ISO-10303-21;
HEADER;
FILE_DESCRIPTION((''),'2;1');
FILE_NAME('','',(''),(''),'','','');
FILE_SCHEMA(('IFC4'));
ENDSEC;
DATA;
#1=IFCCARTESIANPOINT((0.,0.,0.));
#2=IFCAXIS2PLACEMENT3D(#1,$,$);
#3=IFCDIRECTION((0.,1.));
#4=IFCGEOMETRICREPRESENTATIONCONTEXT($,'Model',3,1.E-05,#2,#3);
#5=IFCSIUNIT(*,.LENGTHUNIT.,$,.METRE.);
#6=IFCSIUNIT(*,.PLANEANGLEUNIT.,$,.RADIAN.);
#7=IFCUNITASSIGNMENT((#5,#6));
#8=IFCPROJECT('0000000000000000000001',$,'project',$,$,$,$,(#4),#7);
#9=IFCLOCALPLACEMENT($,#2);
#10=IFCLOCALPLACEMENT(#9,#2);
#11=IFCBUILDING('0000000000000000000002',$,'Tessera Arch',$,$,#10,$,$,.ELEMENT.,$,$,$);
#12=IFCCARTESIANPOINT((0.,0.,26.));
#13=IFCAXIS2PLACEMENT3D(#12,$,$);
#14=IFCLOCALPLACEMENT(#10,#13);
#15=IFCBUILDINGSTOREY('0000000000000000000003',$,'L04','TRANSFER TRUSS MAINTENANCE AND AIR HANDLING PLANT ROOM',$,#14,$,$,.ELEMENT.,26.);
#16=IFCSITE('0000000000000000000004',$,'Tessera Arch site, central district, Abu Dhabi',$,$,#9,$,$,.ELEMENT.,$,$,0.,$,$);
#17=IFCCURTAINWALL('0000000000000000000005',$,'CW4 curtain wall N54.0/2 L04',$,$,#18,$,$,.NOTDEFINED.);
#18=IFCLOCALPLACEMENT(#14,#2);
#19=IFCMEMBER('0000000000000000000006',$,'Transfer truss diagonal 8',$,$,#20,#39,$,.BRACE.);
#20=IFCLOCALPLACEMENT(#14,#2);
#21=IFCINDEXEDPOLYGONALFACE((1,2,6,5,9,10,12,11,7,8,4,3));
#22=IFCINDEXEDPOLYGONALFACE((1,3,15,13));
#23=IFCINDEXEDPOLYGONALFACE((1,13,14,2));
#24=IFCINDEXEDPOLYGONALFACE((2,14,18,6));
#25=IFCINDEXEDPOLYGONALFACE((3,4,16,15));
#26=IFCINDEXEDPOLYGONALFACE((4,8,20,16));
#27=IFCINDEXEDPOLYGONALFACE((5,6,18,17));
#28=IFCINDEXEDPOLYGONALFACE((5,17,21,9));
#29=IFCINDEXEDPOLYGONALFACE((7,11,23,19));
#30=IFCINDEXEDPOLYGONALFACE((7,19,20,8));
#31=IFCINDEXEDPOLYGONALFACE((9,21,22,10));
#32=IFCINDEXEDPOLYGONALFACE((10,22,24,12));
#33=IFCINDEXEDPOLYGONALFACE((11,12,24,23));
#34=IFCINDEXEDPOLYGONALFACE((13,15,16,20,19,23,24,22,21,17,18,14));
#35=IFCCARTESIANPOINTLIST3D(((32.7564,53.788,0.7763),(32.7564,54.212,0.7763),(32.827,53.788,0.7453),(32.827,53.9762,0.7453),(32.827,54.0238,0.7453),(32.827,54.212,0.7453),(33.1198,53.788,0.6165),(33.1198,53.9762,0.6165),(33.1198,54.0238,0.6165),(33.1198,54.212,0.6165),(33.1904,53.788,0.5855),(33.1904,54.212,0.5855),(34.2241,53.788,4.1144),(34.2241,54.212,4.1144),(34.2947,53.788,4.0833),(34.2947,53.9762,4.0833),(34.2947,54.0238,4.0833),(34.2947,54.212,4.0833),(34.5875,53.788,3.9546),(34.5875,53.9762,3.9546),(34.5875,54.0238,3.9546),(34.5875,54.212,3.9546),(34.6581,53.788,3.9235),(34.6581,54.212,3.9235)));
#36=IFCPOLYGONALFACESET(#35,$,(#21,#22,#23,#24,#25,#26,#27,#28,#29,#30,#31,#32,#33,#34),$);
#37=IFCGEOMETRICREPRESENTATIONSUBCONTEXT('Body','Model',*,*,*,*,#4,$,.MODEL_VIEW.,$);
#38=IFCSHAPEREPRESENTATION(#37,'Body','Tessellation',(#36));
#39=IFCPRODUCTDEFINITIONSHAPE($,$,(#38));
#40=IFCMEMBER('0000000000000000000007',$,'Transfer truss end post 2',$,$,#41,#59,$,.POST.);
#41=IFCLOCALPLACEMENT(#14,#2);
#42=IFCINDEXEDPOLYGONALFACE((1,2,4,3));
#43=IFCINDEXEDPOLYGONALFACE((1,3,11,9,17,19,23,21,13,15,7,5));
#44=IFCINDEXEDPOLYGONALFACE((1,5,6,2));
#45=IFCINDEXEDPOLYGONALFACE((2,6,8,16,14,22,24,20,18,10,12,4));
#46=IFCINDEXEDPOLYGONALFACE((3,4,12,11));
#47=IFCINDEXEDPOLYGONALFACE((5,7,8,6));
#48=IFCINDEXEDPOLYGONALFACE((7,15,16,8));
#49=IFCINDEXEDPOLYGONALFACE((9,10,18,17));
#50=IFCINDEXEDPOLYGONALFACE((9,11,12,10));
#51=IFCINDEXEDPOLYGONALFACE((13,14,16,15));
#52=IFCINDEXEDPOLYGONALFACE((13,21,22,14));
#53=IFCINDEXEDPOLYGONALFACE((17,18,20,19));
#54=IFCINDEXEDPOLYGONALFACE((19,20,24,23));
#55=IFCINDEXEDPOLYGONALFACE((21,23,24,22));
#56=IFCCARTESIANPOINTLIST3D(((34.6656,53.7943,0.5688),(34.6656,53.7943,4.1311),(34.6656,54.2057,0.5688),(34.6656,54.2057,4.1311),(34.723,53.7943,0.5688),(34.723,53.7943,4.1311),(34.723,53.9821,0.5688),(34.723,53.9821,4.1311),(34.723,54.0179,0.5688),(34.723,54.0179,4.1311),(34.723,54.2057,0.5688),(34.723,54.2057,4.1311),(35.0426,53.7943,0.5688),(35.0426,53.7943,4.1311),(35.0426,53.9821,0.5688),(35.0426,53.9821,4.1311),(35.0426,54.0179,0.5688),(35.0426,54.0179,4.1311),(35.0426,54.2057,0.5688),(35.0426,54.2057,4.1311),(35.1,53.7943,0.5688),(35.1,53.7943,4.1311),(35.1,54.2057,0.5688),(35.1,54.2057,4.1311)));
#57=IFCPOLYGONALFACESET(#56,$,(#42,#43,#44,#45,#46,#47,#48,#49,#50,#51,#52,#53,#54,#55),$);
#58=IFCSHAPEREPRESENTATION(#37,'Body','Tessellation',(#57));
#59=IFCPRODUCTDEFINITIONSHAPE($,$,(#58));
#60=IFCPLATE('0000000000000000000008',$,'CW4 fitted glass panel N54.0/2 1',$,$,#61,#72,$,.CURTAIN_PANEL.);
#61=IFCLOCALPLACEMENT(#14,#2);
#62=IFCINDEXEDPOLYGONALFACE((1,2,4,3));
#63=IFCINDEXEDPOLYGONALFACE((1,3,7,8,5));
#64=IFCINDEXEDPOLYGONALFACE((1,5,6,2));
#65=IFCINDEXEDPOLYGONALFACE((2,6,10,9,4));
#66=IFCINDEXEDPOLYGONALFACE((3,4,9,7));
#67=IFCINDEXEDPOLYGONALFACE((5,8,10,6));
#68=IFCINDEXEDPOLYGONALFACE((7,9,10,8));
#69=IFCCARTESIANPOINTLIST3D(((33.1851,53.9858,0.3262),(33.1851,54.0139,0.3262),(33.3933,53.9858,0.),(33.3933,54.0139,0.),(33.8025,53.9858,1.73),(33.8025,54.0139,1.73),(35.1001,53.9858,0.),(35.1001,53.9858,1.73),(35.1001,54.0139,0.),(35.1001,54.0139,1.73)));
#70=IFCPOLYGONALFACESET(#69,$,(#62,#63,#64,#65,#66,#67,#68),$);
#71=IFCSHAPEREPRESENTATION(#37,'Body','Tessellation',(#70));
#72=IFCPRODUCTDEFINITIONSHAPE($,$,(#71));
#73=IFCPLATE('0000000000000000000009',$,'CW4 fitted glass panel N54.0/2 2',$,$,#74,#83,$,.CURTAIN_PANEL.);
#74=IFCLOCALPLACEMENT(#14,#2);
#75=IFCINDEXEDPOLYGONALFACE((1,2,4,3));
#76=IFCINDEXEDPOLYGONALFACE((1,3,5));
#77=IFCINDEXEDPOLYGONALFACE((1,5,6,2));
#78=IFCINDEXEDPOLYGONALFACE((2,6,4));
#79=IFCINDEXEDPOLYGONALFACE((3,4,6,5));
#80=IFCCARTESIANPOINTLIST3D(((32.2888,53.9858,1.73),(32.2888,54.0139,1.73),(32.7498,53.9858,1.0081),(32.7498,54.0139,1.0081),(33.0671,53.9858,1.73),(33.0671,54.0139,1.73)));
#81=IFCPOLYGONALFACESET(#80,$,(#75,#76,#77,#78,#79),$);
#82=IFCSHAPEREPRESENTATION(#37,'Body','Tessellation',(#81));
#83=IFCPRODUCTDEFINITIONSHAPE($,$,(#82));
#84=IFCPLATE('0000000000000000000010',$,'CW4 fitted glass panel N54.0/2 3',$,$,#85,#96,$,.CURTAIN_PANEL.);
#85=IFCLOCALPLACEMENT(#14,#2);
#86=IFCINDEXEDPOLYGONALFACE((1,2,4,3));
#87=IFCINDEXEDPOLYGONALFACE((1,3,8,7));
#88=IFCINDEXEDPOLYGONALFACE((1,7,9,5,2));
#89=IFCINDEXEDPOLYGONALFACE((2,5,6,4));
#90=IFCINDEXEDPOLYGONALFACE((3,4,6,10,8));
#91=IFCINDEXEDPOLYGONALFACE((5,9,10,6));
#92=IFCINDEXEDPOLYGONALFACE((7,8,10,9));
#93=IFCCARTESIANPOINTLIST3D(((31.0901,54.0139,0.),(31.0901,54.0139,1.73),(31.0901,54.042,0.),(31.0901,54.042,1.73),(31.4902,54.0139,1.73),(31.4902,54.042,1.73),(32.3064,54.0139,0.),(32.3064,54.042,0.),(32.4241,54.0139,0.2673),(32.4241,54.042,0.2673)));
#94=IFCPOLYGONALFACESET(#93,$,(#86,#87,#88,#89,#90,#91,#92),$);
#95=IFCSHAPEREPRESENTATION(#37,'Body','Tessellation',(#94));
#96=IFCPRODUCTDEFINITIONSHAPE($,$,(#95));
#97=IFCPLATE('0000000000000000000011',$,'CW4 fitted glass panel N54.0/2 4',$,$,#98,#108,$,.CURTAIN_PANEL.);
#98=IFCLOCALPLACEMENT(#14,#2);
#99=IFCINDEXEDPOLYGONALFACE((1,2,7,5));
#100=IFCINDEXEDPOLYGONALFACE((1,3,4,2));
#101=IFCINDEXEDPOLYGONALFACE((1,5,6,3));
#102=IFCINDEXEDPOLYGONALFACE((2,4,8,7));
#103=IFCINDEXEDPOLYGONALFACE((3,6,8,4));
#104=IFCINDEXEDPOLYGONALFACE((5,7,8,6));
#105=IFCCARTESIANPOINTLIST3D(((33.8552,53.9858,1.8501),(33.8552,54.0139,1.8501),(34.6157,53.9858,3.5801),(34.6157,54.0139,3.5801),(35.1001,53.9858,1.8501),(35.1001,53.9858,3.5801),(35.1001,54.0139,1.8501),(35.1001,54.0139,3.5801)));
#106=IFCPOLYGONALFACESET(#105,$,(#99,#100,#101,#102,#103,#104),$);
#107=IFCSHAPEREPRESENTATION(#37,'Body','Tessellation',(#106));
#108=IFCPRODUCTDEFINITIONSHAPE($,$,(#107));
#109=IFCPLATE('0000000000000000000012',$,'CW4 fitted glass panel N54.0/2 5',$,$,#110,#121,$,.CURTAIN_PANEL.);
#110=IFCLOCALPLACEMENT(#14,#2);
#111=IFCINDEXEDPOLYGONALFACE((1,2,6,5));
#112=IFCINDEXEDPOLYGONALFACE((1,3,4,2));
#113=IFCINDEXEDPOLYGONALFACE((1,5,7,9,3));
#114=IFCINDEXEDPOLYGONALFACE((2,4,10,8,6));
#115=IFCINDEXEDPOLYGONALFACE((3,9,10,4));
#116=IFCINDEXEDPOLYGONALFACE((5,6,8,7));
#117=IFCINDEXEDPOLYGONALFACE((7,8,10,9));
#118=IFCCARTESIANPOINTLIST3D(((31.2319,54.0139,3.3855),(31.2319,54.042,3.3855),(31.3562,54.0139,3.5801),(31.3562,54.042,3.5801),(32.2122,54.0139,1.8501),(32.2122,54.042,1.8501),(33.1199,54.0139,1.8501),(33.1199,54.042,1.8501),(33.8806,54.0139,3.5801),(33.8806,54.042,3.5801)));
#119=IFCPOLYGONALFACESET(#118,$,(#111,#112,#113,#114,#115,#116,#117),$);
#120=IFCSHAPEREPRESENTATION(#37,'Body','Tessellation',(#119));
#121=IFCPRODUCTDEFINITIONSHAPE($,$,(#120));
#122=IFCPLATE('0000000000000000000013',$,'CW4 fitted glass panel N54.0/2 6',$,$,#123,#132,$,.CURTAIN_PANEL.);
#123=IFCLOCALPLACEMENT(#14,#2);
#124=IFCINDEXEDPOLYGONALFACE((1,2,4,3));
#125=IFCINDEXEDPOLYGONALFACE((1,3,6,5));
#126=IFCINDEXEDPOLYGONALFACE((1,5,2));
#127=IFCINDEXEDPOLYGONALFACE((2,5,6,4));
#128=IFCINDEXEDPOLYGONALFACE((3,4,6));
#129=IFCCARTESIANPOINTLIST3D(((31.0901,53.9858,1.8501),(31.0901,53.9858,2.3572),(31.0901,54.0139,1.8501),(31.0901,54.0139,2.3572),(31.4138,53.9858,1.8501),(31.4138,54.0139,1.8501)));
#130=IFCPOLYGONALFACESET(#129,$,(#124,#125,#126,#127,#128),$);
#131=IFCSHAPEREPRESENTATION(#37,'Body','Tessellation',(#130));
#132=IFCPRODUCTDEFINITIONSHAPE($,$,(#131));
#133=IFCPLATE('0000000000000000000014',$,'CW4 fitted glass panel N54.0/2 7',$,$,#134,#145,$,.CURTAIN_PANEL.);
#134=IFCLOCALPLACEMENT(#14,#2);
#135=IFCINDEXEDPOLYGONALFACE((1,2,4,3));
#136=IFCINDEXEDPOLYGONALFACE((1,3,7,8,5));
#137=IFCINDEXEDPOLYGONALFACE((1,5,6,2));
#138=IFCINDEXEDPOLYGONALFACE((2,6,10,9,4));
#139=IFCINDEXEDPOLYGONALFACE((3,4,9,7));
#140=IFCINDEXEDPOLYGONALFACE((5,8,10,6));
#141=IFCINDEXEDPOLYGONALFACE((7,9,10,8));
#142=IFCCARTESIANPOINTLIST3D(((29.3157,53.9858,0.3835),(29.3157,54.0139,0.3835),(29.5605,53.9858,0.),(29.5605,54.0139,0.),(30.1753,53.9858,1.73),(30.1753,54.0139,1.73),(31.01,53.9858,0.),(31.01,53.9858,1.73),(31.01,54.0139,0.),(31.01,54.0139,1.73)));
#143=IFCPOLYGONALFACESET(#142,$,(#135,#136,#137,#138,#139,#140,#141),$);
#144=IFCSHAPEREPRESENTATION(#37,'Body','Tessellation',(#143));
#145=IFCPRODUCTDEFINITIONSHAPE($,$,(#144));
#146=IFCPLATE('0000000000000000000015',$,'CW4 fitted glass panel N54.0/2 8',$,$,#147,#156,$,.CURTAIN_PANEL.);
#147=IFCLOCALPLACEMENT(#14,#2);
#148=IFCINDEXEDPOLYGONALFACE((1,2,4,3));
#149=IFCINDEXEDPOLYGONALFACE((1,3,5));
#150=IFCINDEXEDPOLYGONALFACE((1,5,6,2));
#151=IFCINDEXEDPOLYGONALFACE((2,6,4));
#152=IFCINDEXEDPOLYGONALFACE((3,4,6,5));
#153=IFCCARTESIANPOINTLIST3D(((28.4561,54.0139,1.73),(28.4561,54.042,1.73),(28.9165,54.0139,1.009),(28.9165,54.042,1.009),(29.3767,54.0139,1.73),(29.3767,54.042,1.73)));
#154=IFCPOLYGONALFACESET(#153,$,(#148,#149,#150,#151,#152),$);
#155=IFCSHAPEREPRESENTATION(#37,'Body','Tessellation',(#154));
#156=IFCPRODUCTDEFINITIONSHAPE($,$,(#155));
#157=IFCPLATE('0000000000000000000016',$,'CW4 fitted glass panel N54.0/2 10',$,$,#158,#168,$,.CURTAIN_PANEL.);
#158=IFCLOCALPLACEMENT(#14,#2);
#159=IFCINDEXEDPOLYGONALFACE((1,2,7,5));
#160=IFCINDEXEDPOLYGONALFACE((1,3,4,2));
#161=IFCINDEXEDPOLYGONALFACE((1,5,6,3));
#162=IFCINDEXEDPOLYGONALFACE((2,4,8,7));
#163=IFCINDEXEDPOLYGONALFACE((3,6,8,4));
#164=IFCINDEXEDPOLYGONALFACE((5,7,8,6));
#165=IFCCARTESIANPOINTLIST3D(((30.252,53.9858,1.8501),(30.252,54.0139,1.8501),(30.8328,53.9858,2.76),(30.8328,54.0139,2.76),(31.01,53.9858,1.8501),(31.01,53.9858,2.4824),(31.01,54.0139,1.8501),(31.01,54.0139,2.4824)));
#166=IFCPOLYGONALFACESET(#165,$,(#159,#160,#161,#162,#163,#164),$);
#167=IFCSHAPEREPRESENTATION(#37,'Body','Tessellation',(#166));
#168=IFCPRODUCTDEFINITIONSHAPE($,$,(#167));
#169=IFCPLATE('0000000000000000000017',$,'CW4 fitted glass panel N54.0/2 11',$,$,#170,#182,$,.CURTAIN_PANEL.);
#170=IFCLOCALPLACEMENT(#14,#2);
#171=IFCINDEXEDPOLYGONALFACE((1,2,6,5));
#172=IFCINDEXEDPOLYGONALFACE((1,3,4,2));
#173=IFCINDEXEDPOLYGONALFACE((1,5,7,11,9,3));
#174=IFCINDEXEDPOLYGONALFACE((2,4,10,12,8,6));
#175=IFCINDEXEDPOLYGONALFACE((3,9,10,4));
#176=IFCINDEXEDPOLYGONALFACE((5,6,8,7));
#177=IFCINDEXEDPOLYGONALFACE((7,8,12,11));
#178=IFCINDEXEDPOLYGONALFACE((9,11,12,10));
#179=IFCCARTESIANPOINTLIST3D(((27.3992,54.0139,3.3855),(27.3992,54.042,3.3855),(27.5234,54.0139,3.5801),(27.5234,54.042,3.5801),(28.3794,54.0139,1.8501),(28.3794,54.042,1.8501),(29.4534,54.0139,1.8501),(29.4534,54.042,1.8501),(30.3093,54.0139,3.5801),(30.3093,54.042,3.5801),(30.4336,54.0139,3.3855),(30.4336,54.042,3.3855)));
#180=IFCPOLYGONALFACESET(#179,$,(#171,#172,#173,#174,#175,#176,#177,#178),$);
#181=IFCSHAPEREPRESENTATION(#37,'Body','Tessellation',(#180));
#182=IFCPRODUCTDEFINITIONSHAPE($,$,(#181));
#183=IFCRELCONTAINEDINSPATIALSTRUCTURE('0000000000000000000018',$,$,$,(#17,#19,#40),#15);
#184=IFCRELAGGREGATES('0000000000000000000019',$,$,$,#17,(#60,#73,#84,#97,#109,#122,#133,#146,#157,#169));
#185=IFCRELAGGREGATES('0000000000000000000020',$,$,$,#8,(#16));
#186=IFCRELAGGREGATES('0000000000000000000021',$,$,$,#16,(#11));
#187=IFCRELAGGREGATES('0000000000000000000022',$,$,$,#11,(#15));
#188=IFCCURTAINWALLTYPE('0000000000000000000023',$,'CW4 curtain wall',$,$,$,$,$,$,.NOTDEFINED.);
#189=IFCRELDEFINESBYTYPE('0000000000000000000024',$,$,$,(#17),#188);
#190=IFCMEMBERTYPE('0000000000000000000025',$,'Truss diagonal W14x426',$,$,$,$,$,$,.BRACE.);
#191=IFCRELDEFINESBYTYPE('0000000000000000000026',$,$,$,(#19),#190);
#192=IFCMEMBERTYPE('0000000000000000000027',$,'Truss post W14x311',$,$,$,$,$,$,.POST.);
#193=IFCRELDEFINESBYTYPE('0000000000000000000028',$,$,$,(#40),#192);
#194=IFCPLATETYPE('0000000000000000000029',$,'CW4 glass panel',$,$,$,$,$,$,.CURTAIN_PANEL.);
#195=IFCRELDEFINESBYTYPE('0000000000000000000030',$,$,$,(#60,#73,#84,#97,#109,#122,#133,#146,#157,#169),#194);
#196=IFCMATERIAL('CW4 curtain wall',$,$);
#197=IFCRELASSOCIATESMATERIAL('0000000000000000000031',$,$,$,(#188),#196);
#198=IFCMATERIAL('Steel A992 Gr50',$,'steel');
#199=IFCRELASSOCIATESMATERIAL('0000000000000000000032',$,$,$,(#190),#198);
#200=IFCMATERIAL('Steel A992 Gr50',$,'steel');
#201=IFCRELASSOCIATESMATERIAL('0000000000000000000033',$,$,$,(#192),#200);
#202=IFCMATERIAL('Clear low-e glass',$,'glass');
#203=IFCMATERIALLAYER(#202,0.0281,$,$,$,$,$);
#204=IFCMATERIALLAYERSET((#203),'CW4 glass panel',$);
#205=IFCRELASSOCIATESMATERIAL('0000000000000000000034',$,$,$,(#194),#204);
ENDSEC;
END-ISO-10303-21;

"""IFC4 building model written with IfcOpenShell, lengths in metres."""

from ifc_helpers import new_model, si_unit, direction, frame, origin, origin_2d, place, context, subcontext, project, spatial, polyline, i_section, outline, extrude, material, layer, layer_set, material_profile, profile_set, type_object, element, aggregate, save


model = new_model("IFC4")

# Units and contexts
model_context = context("Model", 3, precision=1e-05, world=origin(), true_north=direction((0.0, 1.0)))
body_context = subcontext(model_context, "Body", "Model", "MODEL_VIEW")
ifc_project = project(units=[si_unit("LENGTHUNIT", "METRE"), si_unit("PLANEANGLEUNIT", "RADIAN")], contexts=[model_context])

# Site, building, storey
site_placement = place(None, origin())
site = spatial("IfcSite", under=ifc_project, at=site_placement, Name="Tessera Arch site, central district, Abu Dhabi", CompositionType="ELEMENT", RefElevation=0.0)
building_placement = place(site_placement, origin())
building = spatial("IfcBuilding", under=site, at=building_placement, Name="Tessera Arch", CompositionType="ELEMENT")
storey_placement = place(building_placement, frame((0.0, 0.0, 26.0)))
storey = spatial("IfcBuildingStorey", under=building, at=storey_placement, Name="L04", Description="TRANSFER TRUSS MAINTENANCE AND AIR HANDLING PLANT ROOM", CompositionType="ELEMENT", Elevation=26.0)

# Curtain wall
ifc_material_1 = material(Name="CW4 curtain wall")
curtain_wall_type_1 = type_object("IfcCurtainWallType", Name="CW4 curtain wall", PredefinedType="NOTDEFINED", material=ifc_material_1)
curtain_wall_1_placement = place(storey_placement, origin())
curtain_wall_1 = element("IfcCurtainWall", 1, at=curtain_wall_1_placement, inside=storey, type_object=curtain_wall_type_1, Name="CW4 curtain wall N54.0/2 L04", PredefinedType="NOTDEFINED")

# Members
ifc_material_2 = material(Name="Steel A992 Gr50", Category="steel")
ifc_material_profile_1 = material_profile(ifc_material_2, i_section(OverallWidth=0.4241, OverallDepth=0.4741, WebThickness=0.0476, FlangeThickness=0.0771, at=origin_2d()), Name="W14x426")
ifc_profile_set_1 = profile_set([ifc_material_profile_1], Name="Steel A992 Gr50")
member_type_1 = type_object("IfcMemberType", Name="Truss diagonal W14x426", PredefinedType="BRACE", material=ifc_profile_set_1)
member_1_placement = place(storey_placement, frame((32.9734, 54.0, 0.6809), z_axis=(0.402508, 0.0, 0.915417), x_axis=(0.0, 1.0, 0.0)))
element("IfcMember", 2, at=member_1_placement, inside=storey, type_object=member_type_1, Name="Transfer truss diagonal 8", PredefinedType="BRACE", context=body_context, shape_type="SweptSolid", body=[
    extrude(i_section(OverallWidth=0.4241, OverallDepth=0.4741, WebThickness=0.0476, FlangeThickness=0.0771, at=origin_2d()), origin(), (0.0, 0.0, 1.0), 3.6465),
])
ifc_material_3 = material(Name="Steel A992 Gr50", Category="steel")
ifc_material_profile_2 = material_profile(ifc_material_3, i_section(OverallWidth=0.4114, OverallDepth=0.4343, WebThickness=0.0359, FlangeThickness=0.0574, at=origin_2d()), Name="W14x311")
ifc_profile_set_2 = profile_set([ifc_material_profile_2], Name="Steel A992 Gr50")
member_type_2 = type_object("IfcMemberType", Name="Truss post W14x311", PredefinedType="POST", material=ifc_profile_set_2)
member_2_placement = place(storey_placement, frame((34.8828, 54.0, 0.5688), z_axis=(0.0, 0.0, 1.0), x_axis=(0.0, 1.0, 0.0)))
element("IfcMember", 3, at=member_2_placement, inside=storey, type_object=member_type_2, Name="Transfer truss end post 2", PredefinedType="POST", context=body_context, shape_type="SweptSolid", body=[
    extrude(i_section(OverallWidth=0.4114, OverallDepth=0.4343, WebThickness=0.0359, FlangeThickness=0.0574, at=origin_2d()), origin(), (0.0, 0.0, 1.0), 3.5623),
])

# Plates
ifc_material_4 = material(Name="Clear low-e glass", Category="glass")
ifc_layer_1 = layer(ifc_material_4, 0.0281)
ifc_layer_set_1 = layer_set([ifc_layer_1], Name="CW4 glass panel")
plate_type_1 = type_object("IfcPlateType", Name="CW4 glass panel", PredefinedType="CURTAIN_PANEL", material=ifc_layer_set_1)
plate_1_placement = place(storey_placement, frame((35.1001, 54.0139, 0.0), z_axis=(0.0, 1.0, 0.0), x_axis=(-1.0, 0.0, 0.0)))
plate_1 = element("IfcPlate", 4, at=plate_1_placement, type_object=plate_type_1, Name="CW4 fitted glass panel N54.0/2 1", PredefinedType="CURTAIN_PANEL", context=body_context, shape_type="SweptSolid", body=[
    extrude(outline(polyline([(0.0, 0.0), (1.7068, 0.0), (1.915, 0.3262), (1.2976, 1.73), (0.0, 1.73), (0.0, 0.0)])), origin(), (0.0, 0.0, -1.0), 0.0281),
])
plate_2_placement = place(storey_placement, frame((32.2888, 54.0139, 1.73), z_axis=(0.0, 1.0, 0.0), x_axis=(1.0, 0.0, 0.0)))
plate_2 = element("IfcPlate", 5, at=plate_2_placement, type_object=plate_type_1, Name="CW4 fitted glass panel N54.0/2 2", PredefinedType="CURTAIN_PANEL", context=body_context, shape_type="SweptSolid", body=[
    extrude(outline(polyline([(0.0, 0.0), (0.7783, 0.0), (0.4609, 0.7219), (0.0, 0.0)])), origin(), (0.0, 0.0, -1.0), 0.0281),
])
plate_3_placement = place(storey_placement, frame((31.0901, 54.042, 1.73), z_axis=(0.0, 1.0, 0.0), x_axis=(1.0, 0.0, 0.0)))
plate_3 = element("IfcPlate", 6, at=plate_3_placement, type_object=plate_type_1, Name="CW4 fitted glass panel N54.0/2 3", PredefinedType="CURTAIN_PANEL", context=body_context, shape_type="SweptSolid", body=[
    extrude(outline(polyline([(0.0, 0.0), (0.4001, 0.0), (1.334, 1.4626), (1.2163, 1.73), (0.0, 1.73), (0.0, 0.0)])), origin(), (0.0, 0.0, -1.0), 0.0281),
])
plate_4_placement = place(storey_placement, frame((35.1001, 54.0139, 1.8501), z_axis=(0.0, 1.0, 0.0), x_axis=(-1.0, 0.0, 0.0)))
plate_4 = element("IfcPlate", 7, at=plate_4_placement, type_object=plate_type_1, Name="CW4 fitted glass panel N54.0/2 4", PredefinedType="CURTAIN_PANEL", context=body_context, shape_type="SweptSolid", body=[
    extrude(outline(polyline([(0.0, 0.0), (1.2449, 0.0), (0.4844, 1.73), (0.0, 1.73), (0.0, 0.0)])), origin(), (0.0, 0.0, -1.0), 0.0281),
])
plate_5_placement = place(storey_placement, frame((31.3562, 54.042, 3.5801), z_axis=(0.0, 1.0, 0.0), x_axis=(1.0, 0.0, 0.0)))
plate_5 = element("IfcPlate", 8, at=plate_5_placement, type_object=plate_type_1, Name="CW4 fitted glass panel N54.0/2 5", PredefinedType="CURTAIN_PANEL", context=body_context, shape_type="SweptSolid", body=[
    extrude(outline(polyline([(0.0, 0.0), (2.5244, 0.0), (1.7637, 1.73), (0.856, 1.73), (-0.1243, 0.1946), (0.0, 0.0)])), origin(), (0.0, 0.0, -1.0), 0.0281),
])
plate_6_placement = place(storey_placement, frame((31.0901, 54.0139, 1.8501), z_axis=(0.0, 1.0, 0.0), x_axis=(0.0, 0.0, 1.0)))
plate_6 = element("IfcPlate", 9, at=plate_6_placement, type_object=plate_type_1, Name="CW4 fitted glass panel N54.0/2 6", PredefinedType="CURTAIN_PANEL", context=body_context, shape_type="SweptSolid", body=[
    extrude(outline(polyline([(0.0, 0.0), (0.5071, 0.0), (0.0, 0.3237), (0.0, 0.0)])), origin(), (0.0, 0.0, -1.0), 0.0281),
])
plate_7_placement = place(storey_placement, frame((31.01, 54.0139, 0.0), z_axis=(0.0, 1.0, 0.0), x_axis=(-1.0, 0.0, 0.0)))
plate_7 = element("IfcPlate", 10, at=plate_7_placement, type_object=plate_type_1, Name="CW4 fitted glass panel N54.0/2 7", PredefinedType="CURTAIN_PANEL", context=body_context, shape_type="SweptSolid", body=[
    extrude(outline(polyline([(0.0, 0.0), (1.4495, 0.0), (1.6943, 0.3835), (0.8347, 1.73), (0.0, 1.73), (0.0, 0.0)])), origin(), (0.0, 0.0, -1.0), 0.0281),
])
plate_8_placement = place(storey_placement, frame((28.4561, 54.042, 1.73), z_axis=(0.0, 1.0, 0.0), x_axis=(1.0, 0.0, 0.0)))
plate_8 = element("IfcPlate", 11, at=plate_8_placement, type_object=plate_type_1, Name="CW4 fitted glass panel N54.0/2 8", PredefinedType="CURTAIN_PANEL", context=body_context, shape_type="SweptSolid", body=[
    extrude(outline(polyline([(0.0, 0.0), (0.9207, 0.0), (0.4604, 0.7209), (0.0, 0.0)])), origin(), (0.0, 0.0, -1.0), 0.0281),
])
plate_9_placement = place(storey_placement, frame((31.01, 54.0139, 1.8501), z_axis=(0.0, 1.0, 0.0), x_axis=(-1.0, 0.0, 0.0)))
plate_9 = element("IfcPlate", 12, at=plate_9_placement, type_object=plate_type_1, Name="CW4 fitted glass panel N54.0/2 10", PredefinedType="CURTAIN_PANEL", context=body_context, shape_type="SweptSolid", body=[
    extrude(outline(polyline([(0.0, 0.0), (0.7581, 0.0), (0.1772, 0.9099), (0.0, 0.6323), (0.0, 0.0)])), origin(), (0.0, 0.0, -1.0), 0.0281),
])
plate_10_placement = place(storey_placement, frame((27.5234, 54.042, 3.5801), z_axis=(0.0, 1.0, 0.0), x_axis=(1.0, 0.0, 0.0)))
plate_10 = element("IfcPlate", 13, at=plate_10_placement, type_object=plate_type_1, Name="CW4 fitted glass panel N54.0/2 11", PredefinedType="CURTAIN_PANEL", context=body_context, shape_type="SweptSolid", body=[
    extrude(outline(polyline([(0.0, 0.0), (2.7859, 0.0), (2.9102, 0.1946), (1.9299, 1.73), (0.856, 1.73), (-0.1243, 0.1946), (0.0, 0.0)])), origin(), (0.0, 0.0, -1.0), 0.0281),
])
aggregate(curtain_wall_1, [plate_1, plate_2, plate_3, plate_4, plate_5, plate_6, plate_7, plate_8, plate_9, plate_10])

save(model, "model.ifc")
